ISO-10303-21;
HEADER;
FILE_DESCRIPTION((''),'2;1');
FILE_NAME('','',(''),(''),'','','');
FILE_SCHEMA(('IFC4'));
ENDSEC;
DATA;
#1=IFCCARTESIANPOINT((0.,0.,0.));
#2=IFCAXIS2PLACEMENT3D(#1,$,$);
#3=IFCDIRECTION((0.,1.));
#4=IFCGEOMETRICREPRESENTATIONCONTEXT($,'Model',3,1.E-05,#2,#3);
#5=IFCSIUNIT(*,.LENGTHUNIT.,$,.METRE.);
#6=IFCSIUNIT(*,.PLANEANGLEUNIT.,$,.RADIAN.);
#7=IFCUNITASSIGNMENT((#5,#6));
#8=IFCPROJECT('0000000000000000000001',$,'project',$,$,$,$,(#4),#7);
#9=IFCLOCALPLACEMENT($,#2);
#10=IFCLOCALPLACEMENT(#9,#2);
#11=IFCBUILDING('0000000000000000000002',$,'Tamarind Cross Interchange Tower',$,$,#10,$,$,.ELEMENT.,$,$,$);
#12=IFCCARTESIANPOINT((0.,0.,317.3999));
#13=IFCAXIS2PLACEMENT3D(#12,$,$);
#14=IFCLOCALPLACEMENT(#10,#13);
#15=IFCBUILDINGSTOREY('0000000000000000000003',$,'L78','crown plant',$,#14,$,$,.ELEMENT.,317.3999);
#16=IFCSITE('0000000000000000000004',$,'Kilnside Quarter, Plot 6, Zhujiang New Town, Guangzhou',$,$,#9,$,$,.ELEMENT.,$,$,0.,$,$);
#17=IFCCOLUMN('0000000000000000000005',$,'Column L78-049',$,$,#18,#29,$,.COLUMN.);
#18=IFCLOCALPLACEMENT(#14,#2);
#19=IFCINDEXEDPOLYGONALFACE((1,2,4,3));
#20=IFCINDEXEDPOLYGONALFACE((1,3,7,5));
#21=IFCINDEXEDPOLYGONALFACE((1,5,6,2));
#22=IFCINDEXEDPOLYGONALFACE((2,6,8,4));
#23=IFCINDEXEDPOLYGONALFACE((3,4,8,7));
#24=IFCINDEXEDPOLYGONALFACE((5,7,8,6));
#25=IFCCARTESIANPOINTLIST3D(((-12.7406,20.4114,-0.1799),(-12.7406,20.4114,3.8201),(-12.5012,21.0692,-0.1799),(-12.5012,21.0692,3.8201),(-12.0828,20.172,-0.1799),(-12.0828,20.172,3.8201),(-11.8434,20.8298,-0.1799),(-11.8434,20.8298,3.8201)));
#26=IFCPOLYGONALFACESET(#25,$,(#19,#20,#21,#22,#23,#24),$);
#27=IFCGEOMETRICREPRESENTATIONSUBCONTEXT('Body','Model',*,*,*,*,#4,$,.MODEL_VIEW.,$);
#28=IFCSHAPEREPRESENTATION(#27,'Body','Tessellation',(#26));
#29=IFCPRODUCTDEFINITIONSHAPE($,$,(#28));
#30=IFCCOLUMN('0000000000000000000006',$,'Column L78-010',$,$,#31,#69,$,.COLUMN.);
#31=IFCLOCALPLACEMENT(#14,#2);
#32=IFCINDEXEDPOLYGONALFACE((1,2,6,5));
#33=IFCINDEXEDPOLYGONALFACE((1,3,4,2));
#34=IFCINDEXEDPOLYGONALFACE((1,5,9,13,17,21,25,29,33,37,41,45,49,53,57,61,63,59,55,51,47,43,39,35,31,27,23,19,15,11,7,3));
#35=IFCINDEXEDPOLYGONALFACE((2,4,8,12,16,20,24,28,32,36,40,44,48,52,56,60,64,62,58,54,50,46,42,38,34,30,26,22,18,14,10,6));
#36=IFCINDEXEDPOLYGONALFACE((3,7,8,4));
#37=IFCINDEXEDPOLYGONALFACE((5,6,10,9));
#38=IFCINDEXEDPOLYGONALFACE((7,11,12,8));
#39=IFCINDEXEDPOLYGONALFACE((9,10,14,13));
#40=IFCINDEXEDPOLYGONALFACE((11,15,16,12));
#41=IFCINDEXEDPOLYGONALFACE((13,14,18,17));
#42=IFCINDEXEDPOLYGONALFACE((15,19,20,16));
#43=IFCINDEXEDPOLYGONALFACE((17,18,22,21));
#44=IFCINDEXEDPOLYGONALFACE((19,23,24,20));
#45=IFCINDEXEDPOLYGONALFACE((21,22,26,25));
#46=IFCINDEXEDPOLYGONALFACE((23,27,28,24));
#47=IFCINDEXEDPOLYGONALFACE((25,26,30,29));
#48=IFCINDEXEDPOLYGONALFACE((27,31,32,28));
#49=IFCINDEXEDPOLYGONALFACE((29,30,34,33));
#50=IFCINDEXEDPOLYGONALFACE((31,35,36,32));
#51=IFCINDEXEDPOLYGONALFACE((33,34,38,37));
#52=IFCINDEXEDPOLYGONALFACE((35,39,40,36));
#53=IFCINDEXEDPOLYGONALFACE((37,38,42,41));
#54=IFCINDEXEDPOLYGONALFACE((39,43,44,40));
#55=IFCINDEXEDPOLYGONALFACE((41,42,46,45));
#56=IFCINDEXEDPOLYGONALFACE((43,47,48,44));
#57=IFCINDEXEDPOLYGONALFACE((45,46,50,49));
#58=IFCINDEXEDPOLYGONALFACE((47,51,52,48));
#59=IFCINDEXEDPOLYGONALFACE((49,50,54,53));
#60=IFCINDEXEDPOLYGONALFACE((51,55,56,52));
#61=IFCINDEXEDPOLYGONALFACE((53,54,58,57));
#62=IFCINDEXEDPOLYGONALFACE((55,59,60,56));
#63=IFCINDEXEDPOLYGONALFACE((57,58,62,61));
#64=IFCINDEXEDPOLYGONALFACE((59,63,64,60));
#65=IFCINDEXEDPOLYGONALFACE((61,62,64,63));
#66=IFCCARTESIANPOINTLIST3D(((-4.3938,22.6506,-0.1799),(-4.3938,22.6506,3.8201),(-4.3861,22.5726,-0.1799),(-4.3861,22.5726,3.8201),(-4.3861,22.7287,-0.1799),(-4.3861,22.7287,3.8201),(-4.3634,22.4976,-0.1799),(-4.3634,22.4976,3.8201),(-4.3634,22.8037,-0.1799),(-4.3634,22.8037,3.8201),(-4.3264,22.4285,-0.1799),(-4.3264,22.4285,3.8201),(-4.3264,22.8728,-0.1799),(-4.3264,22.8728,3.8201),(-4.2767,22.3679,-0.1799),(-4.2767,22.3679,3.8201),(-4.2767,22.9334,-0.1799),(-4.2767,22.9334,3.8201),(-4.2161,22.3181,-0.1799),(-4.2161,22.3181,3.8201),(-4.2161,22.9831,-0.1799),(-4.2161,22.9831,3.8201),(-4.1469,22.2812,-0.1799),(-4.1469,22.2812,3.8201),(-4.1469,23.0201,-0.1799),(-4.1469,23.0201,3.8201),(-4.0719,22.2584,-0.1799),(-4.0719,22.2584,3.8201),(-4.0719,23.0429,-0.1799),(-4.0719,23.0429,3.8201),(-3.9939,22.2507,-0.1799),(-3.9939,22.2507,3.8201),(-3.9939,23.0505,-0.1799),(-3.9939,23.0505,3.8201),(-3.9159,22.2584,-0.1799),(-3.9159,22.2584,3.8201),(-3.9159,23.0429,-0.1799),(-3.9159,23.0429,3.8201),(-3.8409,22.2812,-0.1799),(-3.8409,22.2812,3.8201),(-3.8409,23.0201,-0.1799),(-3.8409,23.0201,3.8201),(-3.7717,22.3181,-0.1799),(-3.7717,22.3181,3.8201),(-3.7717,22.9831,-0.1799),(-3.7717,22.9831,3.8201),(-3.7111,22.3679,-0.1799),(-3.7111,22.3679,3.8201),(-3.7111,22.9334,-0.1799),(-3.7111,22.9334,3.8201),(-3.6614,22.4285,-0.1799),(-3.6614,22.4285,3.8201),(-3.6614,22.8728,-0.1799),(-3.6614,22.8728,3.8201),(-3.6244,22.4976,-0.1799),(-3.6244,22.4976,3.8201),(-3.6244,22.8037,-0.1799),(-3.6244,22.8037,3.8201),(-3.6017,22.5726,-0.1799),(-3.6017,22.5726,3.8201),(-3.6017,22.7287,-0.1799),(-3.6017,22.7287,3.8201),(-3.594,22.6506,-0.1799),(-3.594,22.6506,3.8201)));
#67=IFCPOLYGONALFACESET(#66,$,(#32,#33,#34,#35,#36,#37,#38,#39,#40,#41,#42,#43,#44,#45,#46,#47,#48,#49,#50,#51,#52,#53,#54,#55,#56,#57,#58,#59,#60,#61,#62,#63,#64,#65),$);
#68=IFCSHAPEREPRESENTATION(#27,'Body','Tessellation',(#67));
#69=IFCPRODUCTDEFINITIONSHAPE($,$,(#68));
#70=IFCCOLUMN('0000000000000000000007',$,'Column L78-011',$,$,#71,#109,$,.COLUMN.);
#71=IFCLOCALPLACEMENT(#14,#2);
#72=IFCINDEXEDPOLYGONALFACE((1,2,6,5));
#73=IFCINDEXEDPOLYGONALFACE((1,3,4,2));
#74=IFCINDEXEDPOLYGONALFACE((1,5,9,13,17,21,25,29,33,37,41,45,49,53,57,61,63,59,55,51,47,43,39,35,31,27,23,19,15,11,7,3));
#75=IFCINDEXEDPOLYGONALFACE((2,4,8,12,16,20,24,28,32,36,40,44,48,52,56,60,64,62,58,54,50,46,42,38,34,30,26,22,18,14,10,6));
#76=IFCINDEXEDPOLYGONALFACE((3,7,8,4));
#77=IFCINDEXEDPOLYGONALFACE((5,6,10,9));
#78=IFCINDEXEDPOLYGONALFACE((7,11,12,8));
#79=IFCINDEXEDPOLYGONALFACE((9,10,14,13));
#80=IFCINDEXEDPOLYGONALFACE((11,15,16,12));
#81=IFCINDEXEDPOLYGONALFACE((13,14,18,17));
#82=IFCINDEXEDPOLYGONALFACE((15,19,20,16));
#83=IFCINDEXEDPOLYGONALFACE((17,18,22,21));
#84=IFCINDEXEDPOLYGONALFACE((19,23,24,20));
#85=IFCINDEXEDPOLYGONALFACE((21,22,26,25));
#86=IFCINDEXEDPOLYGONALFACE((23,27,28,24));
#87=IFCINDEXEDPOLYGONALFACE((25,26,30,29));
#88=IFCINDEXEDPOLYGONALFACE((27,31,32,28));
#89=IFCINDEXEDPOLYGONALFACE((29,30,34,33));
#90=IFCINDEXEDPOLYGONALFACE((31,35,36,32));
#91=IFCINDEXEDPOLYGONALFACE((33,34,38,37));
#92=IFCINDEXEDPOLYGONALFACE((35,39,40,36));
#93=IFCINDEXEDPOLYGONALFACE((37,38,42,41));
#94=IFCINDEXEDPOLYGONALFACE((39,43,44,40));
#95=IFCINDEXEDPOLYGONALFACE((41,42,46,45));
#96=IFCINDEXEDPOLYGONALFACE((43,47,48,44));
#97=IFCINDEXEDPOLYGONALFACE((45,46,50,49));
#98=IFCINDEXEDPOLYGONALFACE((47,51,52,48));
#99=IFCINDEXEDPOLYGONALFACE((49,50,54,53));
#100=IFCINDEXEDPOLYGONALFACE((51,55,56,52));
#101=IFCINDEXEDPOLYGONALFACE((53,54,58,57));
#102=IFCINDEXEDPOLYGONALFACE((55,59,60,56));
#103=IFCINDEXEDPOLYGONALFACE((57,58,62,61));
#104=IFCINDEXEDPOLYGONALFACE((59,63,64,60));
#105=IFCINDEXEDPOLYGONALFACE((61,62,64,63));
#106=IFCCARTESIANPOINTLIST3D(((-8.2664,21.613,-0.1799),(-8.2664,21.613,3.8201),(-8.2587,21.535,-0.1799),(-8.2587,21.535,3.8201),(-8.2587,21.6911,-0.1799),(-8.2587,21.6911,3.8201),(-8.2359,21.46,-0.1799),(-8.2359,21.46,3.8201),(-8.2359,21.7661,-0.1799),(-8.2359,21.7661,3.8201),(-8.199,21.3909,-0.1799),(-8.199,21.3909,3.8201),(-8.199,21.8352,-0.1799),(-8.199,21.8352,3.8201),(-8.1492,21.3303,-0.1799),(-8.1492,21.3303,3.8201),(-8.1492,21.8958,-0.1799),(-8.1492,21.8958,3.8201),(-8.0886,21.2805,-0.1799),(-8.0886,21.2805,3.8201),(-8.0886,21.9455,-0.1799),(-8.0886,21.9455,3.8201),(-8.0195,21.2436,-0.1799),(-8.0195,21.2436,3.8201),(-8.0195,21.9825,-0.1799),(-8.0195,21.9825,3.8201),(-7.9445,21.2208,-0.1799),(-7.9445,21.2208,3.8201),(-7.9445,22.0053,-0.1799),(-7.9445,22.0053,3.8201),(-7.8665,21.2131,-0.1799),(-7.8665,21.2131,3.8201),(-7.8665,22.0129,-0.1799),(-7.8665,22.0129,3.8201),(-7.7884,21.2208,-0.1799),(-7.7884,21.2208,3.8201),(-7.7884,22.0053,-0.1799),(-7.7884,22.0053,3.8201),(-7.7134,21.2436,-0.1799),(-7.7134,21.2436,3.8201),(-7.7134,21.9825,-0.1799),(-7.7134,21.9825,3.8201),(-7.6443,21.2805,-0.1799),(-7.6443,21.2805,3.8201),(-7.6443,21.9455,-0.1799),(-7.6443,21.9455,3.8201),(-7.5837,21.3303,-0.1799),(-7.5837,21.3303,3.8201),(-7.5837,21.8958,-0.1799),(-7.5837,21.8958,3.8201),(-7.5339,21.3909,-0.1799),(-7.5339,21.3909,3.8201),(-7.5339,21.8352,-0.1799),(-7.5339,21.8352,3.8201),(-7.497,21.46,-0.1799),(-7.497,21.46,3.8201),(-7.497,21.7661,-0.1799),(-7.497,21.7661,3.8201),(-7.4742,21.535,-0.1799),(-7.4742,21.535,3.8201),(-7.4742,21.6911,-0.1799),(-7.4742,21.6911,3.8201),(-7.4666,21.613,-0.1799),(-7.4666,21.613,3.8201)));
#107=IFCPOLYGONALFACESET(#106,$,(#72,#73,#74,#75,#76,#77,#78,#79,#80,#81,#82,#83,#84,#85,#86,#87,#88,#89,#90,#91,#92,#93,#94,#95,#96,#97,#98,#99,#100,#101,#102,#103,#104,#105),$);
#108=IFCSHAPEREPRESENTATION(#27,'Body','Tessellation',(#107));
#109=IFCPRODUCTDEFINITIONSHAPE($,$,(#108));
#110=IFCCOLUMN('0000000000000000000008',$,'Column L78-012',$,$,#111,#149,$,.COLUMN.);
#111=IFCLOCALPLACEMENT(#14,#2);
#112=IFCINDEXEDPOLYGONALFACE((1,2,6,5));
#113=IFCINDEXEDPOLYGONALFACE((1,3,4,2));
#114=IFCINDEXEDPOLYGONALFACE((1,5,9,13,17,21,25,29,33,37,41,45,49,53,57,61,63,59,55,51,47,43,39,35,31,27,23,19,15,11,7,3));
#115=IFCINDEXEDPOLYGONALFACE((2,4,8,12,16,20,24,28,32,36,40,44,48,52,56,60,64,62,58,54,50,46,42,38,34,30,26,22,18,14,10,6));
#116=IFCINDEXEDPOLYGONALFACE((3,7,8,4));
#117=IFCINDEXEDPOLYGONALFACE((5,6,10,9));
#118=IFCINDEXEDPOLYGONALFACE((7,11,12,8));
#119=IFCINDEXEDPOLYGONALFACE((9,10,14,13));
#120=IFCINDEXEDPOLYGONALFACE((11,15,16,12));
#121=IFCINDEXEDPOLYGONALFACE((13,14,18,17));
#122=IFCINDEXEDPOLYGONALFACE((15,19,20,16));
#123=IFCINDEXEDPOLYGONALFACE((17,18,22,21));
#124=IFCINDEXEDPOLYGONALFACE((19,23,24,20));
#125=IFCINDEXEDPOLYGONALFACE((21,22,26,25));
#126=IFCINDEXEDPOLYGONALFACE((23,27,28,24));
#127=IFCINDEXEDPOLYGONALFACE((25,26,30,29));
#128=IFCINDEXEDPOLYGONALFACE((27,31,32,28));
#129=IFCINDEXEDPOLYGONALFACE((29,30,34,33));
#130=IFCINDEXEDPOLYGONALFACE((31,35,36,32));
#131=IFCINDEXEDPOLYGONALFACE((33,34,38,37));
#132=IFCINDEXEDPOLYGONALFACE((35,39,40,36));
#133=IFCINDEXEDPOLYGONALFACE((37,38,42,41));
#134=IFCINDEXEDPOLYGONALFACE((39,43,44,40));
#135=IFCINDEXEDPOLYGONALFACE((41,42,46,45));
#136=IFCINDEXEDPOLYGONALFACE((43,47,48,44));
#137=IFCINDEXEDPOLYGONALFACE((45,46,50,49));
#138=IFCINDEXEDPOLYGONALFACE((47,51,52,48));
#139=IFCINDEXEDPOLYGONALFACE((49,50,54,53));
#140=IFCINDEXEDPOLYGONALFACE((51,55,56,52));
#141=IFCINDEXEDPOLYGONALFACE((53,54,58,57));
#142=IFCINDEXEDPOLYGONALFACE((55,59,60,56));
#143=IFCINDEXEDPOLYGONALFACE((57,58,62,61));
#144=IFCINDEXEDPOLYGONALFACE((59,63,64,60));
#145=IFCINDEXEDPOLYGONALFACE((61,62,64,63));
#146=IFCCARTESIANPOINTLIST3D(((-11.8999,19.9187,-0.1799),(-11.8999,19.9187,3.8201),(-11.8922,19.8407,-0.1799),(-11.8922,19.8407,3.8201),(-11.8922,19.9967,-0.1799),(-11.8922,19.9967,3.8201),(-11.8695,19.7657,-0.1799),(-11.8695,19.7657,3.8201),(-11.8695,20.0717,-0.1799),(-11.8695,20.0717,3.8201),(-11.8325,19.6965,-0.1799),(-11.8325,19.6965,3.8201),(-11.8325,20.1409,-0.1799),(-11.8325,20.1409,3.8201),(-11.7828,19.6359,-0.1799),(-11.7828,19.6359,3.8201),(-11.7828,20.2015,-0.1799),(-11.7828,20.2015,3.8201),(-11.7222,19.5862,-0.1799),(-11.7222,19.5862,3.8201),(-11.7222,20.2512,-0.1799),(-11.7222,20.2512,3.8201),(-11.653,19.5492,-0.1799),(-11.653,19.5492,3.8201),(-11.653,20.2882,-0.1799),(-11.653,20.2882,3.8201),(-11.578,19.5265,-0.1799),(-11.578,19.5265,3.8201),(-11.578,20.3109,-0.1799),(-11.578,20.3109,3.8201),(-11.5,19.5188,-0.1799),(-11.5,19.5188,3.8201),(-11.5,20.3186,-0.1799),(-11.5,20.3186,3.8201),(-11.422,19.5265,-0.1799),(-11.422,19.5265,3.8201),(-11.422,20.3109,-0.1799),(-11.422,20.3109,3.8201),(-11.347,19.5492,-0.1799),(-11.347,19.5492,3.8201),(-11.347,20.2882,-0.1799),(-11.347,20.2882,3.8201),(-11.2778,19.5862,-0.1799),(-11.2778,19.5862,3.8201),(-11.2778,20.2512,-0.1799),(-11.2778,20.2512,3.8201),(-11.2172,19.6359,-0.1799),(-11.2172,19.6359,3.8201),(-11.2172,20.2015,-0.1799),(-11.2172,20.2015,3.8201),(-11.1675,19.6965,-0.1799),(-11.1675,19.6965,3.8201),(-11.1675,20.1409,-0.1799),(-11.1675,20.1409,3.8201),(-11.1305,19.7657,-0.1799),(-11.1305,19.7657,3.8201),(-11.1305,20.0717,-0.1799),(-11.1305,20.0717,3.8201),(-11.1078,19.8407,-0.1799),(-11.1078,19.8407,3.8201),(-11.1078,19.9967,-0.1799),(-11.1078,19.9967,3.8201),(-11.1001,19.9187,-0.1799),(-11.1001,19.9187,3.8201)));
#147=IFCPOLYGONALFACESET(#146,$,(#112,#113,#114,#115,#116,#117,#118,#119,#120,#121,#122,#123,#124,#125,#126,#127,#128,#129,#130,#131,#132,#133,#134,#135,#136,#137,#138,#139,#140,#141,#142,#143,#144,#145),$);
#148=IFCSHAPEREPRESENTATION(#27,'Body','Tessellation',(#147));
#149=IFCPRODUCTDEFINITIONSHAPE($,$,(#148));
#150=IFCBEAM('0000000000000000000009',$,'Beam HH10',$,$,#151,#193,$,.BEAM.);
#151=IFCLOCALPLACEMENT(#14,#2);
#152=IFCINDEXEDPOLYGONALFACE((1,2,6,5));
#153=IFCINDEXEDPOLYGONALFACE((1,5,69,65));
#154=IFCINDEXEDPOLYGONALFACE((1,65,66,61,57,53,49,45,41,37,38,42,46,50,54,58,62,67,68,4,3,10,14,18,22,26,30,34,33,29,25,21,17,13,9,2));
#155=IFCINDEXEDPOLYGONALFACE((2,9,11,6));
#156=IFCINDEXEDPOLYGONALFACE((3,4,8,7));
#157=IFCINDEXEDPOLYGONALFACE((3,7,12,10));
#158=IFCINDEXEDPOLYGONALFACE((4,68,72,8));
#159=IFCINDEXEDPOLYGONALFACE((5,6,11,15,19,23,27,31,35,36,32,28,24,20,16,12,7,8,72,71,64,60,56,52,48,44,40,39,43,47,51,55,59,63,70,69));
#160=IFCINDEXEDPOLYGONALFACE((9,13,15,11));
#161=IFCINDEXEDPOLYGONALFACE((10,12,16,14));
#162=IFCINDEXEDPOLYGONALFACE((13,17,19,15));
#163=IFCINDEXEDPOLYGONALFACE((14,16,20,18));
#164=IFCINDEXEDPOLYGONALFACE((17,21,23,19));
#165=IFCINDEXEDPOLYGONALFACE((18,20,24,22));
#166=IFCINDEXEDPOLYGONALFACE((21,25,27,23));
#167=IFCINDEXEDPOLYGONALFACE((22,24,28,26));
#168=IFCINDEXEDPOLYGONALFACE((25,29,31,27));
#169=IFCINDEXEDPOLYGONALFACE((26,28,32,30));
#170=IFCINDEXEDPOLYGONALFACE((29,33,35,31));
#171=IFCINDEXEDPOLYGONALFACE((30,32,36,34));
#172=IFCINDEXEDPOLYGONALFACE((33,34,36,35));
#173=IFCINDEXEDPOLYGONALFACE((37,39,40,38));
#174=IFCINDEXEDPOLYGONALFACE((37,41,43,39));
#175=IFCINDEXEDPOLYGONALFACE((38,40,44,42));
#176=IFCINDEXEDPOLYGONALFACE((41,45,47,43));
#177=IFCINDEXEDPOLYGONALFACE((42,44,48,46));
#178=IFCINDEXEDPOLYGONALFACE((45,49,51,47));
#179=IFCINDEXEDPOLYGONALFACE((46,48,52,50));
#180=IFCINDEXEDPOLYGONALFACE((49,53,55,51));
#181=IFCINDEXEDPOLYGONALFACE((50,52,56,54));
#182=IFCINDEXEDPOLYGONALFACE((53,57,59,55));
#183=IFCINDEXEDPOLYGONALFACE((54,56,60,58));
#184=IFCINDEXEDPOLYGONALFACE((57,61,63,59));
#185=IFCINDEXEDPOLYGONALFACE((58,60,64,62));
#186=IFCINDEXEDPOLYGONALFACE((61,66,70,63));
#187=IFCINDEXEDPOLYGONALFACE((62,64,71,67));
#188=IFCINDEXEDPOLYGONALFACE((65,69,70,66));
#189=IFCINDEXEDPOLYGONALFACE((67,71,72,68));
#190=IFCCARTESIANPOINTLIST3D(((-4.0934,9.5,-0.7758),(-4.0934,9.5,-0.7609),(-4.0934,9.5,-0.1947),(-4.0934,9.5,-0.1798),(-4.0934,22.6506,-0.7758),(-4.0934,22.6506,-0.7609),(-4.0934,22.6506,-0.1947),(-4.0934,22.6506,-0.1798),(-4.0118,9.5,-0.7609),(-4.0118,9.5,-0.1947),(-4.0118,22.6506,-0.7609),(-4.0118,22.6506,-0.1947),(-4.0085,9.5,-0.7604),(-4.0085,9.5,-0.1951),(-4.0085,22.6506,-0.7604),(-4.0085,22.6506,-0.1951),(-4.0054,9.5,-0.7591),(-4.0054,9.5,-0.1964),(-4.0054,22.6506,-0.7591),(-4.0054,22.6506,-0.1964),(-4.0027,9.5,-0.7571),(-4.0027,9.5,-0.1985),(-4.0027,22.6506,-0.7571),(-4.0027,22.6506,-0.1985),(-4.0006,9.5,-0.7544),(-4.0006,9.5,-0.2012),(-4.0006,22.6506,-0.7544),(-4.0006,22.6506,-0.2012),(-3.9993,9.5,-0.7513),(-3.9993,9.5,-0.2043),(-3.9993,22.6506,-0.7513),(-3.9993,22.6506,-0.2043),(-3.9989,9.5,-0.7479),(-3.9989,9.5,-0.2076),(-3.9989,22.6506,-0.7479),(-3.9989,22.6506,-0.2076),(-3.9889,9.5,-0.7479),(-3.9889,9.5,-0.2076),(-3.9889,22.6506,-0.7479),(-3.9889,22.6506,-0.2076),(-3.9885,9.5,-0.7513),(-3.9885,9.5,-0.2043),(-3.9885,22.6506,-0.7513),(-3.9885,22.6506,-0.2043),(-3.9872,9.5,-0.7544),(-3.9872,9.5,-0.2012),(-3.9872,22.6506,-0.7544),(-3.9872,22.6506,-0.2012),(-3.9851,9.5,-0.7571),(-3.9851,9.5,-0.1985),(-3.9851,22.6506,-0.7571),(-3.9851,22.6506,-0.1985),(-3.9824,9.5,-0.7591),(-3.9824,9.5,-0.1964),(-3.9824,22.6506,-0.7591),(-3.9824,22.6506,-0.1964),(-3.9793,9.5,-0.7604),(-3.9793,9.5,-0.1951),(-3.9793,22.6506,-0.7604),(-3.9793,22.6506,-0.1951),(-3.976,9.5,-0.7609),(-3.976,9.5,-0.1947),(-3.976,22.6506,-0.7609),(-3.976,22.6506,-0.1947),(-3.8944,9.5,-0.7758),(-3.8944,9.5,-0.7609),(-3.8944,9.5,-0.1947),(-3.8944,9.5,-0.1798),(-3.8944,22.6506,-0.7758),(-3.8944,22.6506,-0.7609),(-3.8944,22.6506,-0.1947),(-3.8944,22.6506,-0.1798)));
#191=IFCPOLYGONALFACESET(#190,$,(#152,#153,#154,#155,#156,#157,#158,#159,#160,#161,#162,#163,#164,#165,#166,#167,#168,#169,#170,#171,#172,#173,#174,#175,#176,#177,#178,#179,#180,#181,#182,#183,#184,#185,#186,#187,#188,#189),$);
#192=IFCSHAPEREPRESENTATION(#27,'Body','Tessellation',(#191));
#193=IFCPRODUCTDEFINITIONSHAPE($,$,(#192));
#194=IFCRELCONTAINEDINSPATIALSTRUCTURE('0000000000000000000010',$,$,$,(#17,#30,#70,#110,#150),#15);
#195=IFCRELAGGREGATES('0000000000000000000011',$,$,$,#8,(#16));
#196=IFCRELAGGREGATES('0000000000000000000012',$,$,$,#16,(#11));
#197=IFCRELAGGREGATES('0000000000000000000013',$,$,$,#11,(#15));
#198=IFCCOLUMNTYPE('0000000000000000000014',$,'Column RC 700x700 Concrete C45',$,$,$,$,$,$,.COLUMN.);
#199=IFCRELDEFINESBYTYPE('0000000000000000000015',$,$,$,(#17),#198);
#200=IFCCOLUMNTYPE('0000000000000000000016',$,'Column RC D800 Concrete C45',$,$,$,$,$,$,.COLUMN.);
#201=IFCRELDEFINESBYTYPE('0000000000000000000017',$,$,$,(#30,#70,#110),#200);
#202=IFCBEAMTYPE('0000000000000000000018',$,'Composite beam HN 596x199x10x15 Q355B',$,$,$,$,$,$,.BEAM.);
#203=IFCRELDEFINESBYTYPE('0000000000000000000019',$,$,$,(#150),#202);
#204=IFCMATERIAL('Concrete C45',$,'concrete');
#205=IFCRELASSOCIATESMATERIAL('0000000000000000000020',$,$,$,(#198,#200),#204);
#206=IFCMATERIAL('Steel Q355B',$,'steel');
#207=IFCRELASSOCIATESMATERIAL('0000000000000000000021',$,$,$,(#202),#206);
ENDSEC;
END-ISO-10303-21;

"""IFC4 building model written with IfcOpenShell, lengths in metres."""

from ifc_helpers import new_model, si_unit, direction, frame, origin, origin_2d, place, context, subcontext, project, spatial, rectangle, circle, i_section, extrude, material, material_profile, profile_set, type_object, element, save


model = new_model("IFC4")

# Units and contexts
model_context = context("Model", 3, precision=1e-05, world=origin(), true_north=direction((0.0, 1.0)))
body_context = subcontext(model_context, "Body", "Model", "MODEL_VIEW")
ifc_project = project(units=[si_unit("LENGTHUNIT", "METRE"), si_unit("PLANEANGLEUNIT", "RADIAN")], contexts=[model_context])

# Site, building, storey
site_placement = place(None, origin())
site = spatial("IfcSite", under=ifc_project, at=site_placement, Name="Kilnside Quarter, Plot 6, Zhujiang New Town, Guangzhou", CompositionType="ELEMENT", RefElevation=0.0)
building_placement = place(site_placement, origin())
building = spatial("IfcBuilding", under=site, at=building_placement, Name="Tamarind Cross Interchange Tower", CompositionType="ELEMENT")
storey_placement = place(building_placement, frame((0.0, 0.0, 317.3999)))
storey = spatial("IfcBuildingStorey", under=building, at=storey_placement, Name="L78", Description="crown plant", CompositionType="ELEMENT", Elevation=317.3999)

# Columns
ifc_material_1 = material(Name="Concrete C45", Category="concrete")
ifc_material_profile_1 = material_profile(ifc_material_1, rectangle(XDim=0.7, YDim=0.7, at=origin_2d()), Name="RC 700x700")
ifc_profile_set_1 = profile_set([ifc_material_profile_1], Name="Concrete C45")
column_type_1 = type_object("IfcColumnType", Name="Column RC 700x700 Concrete C45", PredefinedType="COLUMN", material=ifc_profile_set_1)
column_placement = place(storey_placement, frame((-12.292, 20.6206, -0.1799), z_axis=(0.0, 0.0, 1.0), x_axis=(0.341994, 0.939702, 0.0)))
element("IfcColumn", 1, at=column_placement, inside=storey, type_object=column_type_1, Name="Column L78-049", PredefinedType="COLUMN", context=body_context, shape_type="SweptSolid", body=[
    extrude(rectangle(XDim=0.7, YDim=0.7, at=origin_2d()), origin(), (0.0, 0.0, 1.0), 4.0),
])
ifc_material_profile_2 = material_profile(ifc_material_1, circle(Radius=0.3999, at=origin_2d()), Name="RC D800")
ifc_profile_set_2 = profile_set([ifc_material_profile_2], Name="Concrete C45")
column_type_2 = type_object("IfcColumnType", Name="Column RC D800 Concrete C45", PredefinedType="COLUMN", material=ifc_profile_set_2)
for number, where, z_axis, x_axis, name in (
    (2, (-3.9939, 22.6506, -0.1799), (0.0, 0.0, 1.0), (1.0, 0.0, 0.0), "Column L78-010"),
    (3, (-7.8665, 21.613, -0.1799), (0.0, 0.0, 1.0), (1.0, 0.0, 0.0), "Column L78-011"),
    (4, (-11.5, 19.9187, -0.1799), (0.0, 0.0, 1.0), (1.0, 0.0, 0.0), "Column L78-012"),
):
    element("IfcColumn", number, at=place(storey_placement, frame(where, z_axis=z_axis, x_axis=x_axis)), inside=storey, type_object=column_type_2, Name=name, PredefinedType="COLUMN", context=body_context, shape_type="SweptSolid", body=[
        extrude(circle(Radius=0.3999, at=origin_2d()), origin(), (0.0, 0.0, 1.0), 4.0),
    ])

# Beam
ifc_material_2 = material(Name="Steel Q355B", Category="steel")
ifc_material_profile_3 = material_profile(ifc_material_2, i_section(OverallWidth=0.199, OverallDepth=0.5959, WebThickness=0.01, FlangeThickness=0.0149, FilletRadius=0.0129, at=origin_2d()), Name="HN 596x199x10x15")
ifc_profile_set_3 = profile_set([ifc_material_profile_3], Name="Steel Q355B")
beam_type = type_object("IfcBeamType", Name="Composite beam HN 596x199x10x15 Q355B", PredefinedType="BEAM", material=ifc_profile_set_3)
beam_1_placement = place(storey_placement, frame((-3.9939, 22.6506, -0.4778), z_axis=(0.0, -1.0, 0.0), x_axis=(1.0, 0.0, 0.0)))
element("IfcBeam", 5, at=beam_1_placement, inside=storey, type_object=beam_type, Name="Beam HH10", PredefinedType="BEAM", context=body_context, shape_type="SweptSolid", body=[
    extrude(i_section(OverallWidth=0.199, OverallDepth=0.5959, WebThickness=0.01, FlangeThickness=0.0149, FilletRadius=0.0129, at=origin_2d()), origin(), (0.0, 0.0, 1.0), 13.1506),
])

save(model, "model.ifc")
